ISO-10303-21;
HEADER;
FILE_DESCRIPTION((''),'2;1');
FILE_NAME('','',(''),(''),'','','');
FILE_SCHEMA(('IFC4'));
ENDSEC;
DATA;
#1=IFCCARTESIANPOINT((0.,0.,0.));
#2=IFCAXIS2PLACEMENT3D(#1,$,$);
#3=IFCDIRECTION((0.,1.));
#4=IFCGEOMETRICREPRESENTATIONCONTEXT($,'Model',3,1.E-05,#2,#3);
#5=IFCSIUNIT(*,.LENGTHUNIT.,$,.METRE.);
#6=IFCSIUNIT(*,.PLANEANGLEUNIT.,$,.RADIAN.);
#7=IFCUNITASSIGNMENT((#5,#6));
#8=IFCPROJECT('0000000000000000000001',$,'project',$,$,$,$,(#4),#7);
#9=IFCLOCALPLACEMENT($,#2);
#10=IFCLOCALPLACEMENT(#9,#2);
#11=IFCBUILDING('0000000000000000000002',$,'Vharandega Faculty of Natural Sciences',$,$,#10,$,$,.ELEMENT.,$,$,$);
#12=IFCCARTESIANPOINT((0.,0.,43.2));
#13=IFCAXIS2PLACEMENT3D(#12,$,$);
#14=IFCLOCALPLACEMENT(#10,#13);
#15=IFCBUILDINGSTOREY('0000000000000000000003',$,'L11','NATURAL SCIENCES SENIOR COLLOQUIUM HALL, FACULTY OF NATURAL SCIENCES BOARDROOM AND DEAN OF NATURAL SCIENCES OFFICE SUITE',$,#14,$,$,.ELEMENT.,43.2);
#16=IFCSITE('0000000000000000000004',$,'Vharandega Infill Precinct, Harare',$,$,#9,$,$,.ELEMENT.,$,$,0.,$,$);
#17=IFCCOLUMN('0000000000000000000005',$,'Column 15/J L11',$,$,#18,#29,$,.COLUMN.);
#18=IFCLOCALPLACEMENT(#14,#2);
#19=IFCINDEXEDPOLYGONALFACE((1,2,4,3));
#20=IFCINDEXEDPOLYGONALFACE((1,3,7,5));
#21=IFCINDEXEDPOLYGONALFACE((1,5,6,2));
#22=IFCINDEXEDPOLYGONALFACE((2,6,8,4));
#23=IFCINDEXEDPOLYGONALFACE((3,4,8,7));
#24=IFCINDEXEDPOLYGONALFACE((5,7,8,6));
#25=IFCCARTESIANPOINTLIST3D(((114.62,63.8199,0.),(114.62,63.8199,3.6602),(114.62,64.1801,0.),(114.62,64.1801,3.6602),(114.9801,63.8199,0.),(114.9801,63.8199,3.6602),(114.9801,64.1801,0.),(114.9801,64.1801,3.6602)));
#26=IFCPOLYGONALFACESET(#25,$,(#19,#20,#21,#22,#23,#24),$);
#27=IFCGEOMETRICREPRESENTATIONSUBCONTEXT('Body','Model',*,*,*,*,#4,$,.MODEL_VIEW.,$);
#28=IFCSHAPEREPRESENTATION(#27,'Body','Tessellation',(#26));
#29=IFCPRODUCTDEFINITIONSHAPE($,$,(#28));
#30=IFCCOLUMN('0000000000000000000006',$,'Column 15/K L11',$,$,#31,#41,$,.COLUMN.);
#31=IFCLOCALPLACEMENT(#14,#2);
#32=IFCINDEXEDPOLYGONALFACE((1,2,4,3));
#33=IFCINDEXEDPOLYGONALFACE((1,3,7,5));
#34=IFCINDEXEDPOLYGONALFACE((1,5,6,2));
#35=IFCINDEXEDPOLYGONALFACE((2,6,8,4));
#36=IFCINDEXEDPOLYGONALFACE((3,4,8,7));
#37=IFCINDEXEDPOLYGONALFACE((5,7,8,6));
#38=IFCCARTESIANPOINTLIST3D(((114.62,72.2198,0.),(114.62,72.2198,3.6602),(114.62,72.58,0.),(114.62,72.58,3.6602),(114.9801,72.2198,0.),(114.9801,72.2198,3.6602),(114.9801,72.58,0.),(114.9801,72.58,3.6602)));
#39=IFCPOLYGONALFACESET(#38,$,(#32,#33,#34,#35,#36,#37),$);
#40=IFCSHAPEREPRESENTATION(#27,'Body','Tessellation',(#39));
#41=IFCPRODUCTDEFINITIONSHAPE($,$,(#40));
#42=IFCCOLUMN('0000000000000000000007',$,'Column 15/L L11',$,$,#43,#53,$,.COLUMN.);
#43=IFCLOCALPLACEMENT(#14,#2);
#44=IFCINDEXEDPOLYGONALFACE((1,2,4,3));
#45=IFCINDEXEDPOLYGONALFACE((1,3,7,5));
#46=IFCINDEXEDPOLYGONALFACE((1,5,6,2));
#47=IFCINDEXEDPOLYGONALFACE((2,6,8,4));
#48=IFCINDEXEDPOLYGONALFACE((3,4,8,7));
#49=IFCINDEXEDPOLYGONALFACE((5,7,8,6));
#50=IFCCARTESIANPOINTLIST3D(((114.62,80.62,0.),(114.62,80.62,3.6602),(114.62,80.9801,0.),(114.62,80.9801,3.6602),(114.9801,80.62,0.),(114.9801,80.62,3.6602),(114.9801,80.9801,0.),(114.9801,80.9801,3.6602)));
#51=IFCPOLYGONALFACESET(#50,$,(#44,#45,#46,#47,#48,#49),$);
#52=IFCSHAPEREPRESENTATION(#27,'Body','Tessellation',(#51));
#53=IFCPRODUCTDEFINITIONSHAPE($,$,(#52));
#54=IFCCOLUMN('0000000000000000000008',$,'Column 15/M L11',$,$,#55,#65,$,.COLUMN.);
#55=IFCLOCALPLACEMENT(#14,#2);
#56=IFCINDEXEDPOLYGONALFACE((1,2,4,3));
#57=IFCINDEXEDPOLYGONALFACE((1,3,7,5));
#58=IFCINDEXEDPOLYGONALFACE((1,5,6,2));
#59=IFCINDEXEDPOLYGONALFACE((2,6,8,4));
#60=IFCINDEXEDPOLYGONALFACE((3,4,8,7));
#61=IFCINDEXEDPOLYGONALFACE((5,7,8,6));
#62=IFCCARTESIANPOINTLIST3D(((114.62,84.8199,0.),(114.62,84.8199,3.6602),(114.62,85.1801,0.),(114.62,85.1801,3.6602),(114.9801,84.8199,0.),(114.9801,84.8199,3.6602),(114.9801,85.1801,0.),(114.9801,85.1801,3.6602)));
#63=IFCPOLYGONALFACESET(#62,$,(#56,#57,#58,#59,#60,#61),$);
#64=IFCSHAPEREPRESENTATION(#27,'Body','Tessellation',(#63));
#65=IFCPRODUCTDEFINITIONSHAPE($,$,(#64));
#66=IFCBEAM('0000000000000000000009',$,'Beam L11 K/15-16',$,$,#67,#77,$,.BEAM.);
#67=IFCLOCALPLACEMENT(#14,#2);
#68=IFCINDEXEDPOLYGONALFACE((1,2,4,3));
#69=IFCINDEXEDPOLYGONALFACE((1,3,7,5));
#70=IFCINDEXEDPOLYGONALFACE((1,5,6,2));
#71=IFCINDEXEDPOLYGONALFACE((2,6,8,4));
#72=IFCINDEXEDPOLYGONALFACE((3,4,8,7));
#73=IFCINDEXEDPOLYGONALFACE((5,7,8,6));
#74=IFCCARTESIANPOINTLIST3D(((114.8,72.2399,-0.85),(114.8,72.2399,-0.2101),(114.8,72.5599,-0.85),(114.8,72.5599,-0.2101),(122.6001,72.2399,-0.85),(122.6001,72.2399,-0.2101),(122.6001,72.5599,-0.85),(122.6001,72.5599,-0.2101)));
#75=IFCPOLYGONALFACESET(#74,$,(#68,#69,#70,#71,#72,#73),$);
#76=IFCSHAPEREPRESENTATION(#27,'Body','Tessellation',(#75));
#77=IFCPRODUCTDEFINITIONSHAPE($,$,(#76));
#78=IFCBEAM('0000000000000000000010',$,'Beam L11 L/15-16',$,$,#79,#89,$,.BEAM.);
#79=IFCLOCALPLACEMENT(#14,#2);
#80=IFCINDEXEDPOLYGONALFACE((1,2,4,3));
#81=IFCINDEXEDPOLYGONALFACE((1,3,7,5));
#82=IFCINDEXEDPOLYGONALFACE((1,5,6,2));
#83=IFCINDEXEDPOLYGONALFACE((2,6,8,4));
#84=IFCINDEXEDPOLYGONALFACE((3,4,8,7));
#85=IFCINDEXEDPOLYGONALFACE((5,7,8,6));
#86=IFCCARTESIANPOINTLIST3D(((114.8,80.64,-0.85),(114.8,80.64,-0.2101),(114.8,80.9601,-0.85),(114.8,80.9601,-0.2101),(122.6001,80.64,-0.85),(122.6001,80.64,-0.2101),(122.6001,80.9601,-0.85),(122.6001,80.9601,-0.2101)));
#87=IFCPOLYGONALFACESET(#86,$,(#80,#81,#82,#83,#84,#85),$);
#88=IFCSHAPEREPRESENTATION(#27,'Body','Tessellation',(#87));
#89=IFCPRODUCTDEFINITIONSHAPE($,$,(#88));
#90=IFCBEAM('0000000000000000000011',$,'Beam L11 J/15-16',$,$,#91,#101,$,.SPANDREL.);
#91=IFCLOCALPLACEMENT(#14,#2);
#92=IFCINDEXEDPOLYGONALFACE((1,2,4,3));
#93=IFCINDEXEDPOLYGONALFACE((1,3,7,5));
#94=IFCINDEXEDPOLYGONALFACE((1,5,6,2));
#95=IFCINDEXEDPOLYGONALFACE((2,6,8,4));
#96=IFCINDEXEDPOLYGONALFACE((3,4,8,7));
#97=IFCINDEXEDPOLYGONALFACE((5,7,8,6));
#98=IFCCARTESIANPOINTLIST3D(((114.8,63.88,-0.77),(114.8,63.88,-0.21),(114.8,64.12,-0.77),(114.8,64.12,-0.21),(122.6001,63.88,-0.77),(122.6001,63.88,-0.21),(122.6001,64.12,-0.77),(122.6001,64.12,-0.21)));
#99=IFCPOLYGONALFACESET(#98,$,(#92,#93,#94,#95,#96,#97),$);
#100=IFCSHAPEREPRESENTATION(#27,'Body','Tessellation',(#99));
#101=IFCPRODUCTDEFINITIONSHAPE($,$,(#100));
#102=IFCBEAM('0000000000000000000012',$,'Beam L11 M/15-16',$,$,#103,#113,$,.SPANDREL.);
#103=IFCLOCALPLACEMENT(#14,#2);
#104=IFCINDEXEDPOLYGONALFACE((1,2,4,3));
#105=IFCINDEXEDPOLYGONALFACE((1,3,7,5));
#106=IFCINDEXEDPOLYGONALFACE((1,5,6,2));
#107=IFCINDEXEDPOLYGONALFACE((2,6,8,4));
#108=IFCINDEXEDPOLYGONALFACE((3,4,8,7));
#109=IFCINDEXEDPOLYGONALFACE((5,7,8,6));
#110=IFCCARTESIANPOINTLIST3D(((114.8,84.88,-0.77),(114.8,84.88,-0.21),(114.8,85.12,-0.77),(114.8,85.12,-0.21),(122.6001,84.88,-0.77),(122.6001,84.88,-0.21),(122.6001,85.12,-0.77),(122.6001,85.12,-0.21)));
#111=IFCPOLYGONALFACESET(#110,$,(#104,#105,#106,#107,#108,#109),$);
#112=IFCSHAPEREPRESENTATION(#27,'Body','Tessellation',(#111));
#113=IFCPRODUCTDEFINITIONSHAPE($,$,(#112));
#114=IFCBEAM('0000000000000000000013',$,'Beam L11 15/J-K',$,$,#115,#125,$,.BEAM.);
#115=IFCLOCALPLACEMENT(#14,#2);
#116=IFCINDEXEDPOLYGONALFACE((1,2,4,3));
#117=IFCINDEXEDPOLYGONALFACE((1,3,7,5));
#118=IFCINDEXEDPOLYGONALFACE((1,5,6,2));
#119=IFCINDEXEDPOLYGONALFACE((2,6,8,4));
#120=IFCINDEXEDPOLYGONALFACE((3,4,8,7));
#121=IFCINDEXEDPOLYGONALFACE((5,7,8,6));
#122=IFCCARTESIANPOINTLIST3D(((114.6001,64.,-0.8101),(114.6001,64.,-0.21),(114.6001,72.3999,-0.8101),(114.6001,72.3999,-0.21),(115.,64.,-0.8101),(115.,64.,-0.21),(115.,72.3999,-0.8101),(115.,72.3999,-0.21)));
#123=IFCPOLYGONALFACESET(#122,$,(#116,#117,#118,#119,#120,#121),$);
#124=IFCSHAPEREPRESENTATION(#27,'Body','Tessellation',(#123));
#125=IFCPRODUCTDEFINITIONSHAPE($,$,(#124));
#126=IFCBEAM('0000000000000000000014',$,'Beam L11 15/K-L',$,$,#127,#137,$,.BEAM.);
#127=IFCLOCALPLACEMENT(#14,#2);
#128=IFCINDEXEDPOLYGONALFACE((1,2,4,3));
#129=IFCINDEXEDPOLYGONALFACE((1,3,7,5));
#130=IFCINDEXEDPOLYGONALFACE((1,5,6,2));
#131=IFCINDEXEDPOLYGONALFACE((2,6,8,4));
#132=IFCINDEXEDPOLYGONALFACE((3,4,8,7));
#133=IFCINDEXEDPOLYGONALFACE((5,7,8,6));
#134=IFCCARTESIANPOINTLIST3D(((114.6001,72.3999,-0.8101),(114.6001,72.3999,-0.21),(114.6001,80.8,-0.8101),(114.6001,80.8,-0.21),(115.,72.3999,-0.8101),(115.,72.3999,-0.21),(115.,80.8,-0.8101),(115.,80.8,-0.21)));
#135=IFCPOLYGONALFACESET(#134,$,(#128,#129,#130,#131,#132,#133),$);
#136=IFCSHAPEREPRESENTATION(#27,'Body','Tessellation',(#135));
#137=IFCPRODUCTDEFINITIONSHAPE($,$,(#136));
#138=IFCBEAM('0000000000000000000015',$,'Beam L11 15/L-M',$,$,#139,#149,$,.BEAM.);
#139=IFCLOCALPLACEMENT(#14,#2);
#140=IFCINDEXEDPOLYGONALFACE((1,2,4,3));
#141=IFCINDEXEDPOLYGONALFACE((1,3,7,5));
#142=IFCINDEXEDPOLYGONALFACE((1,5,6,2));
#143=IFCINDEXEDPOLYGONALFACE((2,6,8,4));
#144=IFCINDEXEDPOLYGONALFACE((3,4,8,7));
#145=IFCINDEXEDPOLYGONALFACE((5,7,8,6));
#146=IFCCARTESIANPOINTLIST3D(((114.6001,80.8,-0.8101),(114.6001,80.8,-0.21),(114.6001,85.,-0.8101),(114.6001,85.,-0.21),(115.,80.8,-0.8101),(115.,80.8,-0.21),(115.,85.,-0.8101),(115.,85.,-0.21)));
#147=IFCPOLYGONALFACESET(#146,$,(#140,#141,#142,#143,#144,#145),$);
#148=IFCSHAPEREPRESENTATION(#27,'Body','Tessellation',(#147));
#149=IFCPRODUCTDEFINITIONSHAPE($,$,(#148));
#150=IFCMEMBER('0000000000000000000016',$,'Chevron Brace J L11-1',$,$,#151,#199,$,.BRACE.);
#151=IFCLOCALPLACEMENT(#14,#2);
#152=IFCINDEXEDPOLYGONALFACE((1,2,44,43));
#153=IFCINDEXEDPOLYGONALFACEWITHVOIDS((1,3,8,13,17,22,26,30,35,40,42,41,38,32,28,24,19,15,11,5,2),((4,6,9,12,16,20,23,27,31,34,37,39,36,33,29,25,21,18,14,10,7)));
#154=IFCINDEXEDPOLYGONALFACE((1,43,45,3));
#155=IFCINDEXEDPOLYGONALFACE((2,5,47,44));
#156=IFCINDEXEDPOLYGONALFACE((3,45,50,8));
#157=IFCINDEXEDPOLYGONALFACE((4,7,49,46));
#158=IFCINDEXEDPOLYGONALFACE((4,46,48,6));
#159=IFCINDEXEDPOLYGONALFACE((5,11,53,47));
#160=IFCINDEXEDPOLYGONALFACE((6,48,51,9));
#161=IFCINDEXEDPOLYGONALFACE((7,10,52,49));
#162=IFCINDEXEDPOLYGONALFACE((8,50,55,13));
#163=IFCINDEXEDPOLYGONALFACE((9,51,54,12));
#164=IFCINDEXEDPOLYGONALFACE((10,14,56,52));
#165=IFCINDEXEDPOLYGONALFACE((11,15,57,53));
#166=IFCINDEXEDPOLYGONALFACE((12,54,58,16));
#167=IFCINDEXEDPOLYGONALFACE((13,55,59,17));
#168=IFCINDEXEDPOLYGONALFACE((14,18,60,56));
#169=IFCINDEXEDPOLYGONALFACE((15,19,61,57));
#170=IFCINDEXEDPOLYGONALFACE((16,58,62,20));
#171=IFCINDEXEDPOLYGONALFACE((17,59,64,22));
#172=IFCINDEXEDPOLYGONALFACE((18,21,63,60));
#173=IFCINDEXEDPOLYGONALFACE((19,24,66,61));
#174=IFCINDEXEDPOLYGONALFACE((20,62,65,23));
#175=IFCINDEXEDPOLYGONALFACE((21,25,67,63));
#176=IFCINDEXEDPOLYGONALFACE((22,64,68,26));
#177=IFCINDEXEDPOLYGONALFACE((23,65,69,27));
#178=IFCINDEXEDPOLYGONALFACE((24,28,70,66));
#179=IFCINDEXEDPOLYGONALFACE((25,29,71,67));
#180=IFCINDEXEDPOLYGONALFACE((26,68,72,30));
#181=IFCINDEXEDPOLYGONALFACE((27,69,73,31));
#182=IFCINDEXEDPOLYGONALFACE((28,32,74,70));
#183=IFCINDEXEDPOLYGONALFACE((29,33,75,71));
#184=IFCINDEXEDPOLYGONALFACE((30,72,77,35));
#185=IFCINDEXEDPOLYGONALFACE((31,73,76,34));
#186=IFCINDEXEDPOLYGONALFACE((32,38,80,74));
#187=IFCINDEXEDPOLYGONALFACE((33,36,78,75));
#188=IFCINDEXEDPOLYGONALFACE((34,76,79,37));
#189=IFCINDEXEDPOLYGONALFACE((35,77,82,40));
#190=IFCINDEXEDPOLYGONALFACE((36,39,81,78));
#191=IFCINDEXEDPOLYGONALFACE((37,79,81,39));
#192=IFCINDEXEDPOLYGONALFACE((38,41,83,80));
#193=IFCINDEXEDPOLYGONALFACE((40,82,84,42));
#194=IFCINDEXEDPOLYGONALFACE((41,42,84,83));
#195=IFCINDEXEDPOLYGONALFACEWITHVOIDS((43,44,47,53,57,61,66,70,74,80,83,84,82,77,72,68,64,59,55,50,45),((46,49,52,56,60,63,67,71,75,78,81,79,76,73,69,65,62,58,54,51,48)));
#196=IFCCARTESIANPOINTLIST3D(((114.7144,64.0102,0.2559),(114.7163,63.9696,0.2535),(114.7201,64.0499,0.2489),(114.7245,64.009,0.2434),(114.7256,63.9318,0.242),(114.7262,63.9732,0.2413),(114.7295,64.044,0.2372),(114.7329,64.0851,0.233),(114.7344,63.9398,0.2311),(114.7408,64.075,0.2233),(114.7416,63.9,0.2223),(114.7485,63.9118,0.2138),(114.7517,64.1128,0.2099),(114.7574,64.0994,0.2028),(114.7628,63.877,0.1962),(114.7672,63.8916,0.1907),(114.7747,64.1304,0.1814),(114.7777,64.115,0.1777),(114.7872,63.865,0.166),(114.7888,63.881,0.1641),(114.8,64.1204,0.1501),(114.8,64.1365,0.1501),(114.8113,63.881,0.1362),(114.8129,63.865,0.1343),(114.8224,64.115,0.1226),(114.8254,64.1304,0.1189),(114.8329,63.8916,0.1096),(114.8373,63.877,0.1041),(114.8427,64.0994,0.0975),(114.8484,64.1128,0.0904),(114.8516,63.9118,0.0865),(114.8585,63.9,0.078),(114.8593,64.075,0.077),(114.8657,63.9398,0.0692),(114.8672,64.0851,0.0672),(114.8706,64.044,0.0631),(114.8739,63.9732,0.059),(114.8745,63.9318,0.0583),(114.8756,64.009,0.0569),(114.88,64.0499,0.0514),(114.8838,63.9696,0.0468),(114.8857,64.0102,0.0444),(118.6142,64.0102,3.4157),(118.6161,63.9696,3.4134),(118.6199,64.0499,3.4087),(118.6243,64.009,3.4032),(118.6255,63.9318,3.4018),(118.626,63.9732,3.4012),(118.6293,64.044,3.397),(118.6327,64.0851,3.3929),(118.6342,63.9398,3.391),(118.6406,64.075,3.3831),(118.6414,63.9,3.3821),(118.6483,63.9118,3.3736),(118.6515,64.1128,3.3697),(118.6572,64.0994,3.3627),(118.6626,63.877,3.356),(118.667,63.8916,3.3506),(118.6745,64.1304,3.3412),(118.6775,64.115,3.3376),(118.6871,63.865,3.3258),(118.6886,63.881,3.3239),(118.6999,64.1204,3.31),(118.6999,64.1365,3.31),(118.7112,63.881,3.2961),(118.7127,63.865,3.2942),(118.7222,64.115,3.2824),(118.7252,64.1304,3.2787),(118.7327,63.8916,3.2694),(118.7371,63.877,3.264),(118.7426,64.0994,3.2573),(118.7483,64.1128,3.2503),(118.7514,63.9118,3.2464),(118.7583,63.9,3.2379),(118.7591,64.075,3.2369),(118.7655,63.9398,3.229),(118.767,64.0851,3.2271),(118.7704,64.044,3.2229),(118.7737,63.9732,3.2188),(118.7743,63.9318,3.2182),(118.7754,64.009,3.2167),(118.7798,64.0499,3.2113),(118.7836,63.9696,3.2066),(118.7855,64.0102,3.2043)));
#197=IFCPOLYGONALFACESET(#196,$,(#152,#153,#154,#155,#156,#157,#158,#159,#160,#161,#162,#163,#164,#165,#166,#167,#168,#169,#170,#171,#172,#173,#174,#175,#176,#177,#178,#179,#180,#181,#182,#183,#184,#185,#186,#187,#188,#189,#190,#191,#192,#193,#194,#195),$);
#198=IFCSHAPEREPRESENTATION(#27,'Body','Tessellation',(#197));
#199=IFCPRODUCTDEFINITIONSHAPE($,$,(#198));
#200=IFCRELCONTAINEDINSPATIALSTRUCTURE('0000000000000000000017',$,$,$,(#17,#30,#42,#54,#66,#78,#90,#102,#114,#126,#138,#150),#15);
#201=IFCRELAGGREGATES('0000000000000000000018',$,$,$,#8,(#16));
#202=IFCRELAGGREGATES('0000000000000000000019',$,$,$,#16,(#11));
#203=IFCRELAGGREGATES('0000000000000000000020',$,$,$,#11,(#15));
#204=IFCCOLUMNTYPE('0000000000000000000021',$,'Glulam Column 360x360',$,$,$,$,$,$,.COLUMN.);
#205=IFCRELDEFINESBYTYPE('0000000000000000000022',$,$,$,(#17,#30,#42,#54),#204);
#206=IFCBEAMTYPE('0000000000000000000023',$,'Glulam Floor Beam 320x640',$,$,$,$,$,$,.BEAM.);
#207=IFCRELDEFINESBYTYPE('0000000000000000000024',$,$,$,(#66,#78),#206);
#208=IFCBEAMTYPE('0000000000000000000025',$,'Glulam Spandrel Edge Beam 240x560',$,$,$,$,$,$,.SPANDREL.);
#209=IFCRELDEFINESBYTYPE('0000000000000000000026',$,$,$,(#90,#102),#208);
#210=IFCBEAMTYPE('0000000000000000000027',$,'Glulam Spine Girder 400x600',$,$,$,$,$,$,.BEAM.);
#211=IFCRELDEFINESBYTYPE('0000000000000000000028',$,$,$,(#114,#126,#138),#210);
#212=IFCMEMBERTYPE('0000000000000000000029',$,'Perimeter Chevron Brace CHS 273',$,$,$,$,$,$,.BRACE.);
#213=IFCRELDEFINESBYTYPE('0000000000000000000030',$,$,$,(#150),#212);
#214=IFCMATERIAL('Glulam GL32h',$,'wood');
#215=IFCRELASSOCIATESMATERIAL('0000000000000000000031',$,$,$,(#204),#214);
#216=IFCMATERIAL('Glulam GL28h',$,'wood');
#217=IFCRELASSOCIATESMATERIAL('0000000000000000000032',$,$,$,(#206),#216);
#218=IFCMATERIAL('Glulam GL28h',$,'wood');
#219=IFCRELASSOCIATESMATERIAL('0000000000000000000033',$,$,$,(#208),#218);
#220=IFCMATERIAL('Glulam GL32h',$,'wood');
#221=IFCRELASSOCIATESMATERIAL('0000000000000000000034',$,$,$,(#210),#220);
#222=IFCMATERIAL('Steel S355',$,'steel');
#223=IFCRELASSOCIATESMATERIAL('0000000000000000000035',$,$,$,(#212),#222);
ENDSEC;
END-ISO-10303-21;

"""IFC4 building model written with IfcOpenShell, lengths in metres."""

from ifc_helpers import new_model, si_unit, direction, frame, origin, origin_2d, place, context, subcontext, project, spatial, rectangle, hollow_circle, extrude, material, material_profile, profile_set, type_object, element, save


model = new_model("IFC4")

# Units and contexts
model_context = context("Model", 3, precision=1e-05, world=origin(), true_north=direction((0.0, 1.0)))
body_context = subcontext(model_context, "Body", "Model", "MODEL_VIEW")
ifc_project = project(units=[si_unit("LENGTHUNIT", "METRE"), si_unit("PLANEANGLEUNIT", "RADIAN")], contexts=[model_context])

# Site, building, storey
site_placement = place(None, origin())
site = spatial("IfcSite", under=ifc_project, at=site_placement, Name="Vharandega Infill Precinct, Harare", CompositionType="ELEMENT", RefElevation=0.0)
building_placement = place(site_placement, origin())
building = spatial("IfcBuilding", under=site, at=building_placement, Name="Vharandega Faculty of Natural Sciences", CompositionType="ELEMENT")
storey_placement = place(building_placement, frame((0.0, 0.0, 43.2)))
storey = spatial("IfcBuildingStorey", under=building, at=storey_placement, Name="L11", Description="NATURAL SCIENCES SENIOR COLLOQUIUM HALL, FACULTY OF NATURAL SCIENCES BOARDROOM AND DEAN OF NATURAL SCIENCES OFFICE SUITE", CompositionType="ELEMENT", Elevation=43.2)

# Columns
ifc_material_1 = material(Name="Glulam GL32h", Category="wood")
ifc_material_profile_1 = material_profile(ifc_material_1, rectangle(XDim=0.3601, YDim=0.3601, at=origin_2d()), Name="GL32h 360x360")
ifc_profile_set_1 = profile_set([ifc_material_profile_1], Name="Glulam GL32h")
column_type = type_object("IfcColumnType", Name="Glulam Column 360x360", PredefinedType="COLUMN", material=ifc_profile_set_1)
for number, where, z_axis, x_axis, name in (
    (1, (114.8, 64.0, 0.0), (0.0, 0.0, 1.0), (1.0, 0.0, 0.0), "Column 15/J L11"),
    (2, (114.8, 72.3999, 0.0), (0.0, 0.0, 1.0), (1.0, 0.0, 0.0), "Column 15/K L11"),
    (3, (114.8, 80.8, 0.0), (0.0, 0.0, 1.0), (1.0, 0.0, 0.0), "Column 15/L L11"),
    (4, (114.8, 85.0, 0.0), (0.0, 0.0, 1.0), (1.0, 0.0, 0.0), "Column 15/M L11"),
):
    element("IfcColumn", number, at=place(storey_placement, frame(where, z_axis=z_axis, x_axis=x_axis)), inside=storey, type_object=column_type, Name=name, PredefinedType="COLUMN", context=body_context, shape_type="SweptSolid", body=[
        extrude(rectangle(XDim=0.3601, YDim=0.3601, at=origin_2d()), origin(), (0.0, 0.0, 1.0), 3.6602),
    ])

# Beams
ifc_material_2 = material(Name="Glulam GL28h", Category="wood")
ifc_material_profile_2 = material_profile(ifc_material_2, rectangle(XDim=0.3201, YDim=0.6399, at=origin_2d()), Name="GL28h 320x640")
ifc_profile_set_2 = profile_set([ifc_material_profile_2], Name="Glulam GL28h")
beam_type_1 = type_object("IfcBeamType", Name="Glulam Floor Beam 320x640", PredefinedType="BEAM", material=ifc_profile_set_2)
for number, where, z_axis, x_axis, name in (
    (5, (114.8, 72.3999, -0.53), (1.0, 0.0, 0.0), (0.0, 1.0, 0.0), "Beam L11 K/15-16"),
    (6, (114.8, 80.8, -0.53), (1.0, 0.0, 0.0), (0.0, 1.0, 0.0), "Beam L11 L/15-16"),
):
    element("IfcBeam", number, at=place(storey_placement, frame(where, z_axis=z_axis, x_axis=x_axis)), inside=storey, type_object=beam_type_1, Name=name, PredefinedType="BEAM", context=body_context, shape_type="SweptSolid", body=[
        extrude(rectangle(XDim=0.3201, YDim=0.6399, at=origin_2d()), origin(), (0.0, 0.0, 1.0), 7.8),
    ])
ifc_material_3 = material(Name="Glulam GL28h", Category="wood")
ifc_material_profile_3 = material_profile(ifc_material_3, rectangle(XDim=0.24, YDim=0.5601, at=origin_2d()), Name="GL28h 240x560")
ifc_profile_set_3 = profile_set([ifc_material_profile_3], Name="Glulam GL28h")
beam_type_2 = type_object("IfcBeamType", Name="Glulam Spandrel Edge Beam 240x560", PredefinedType="SPANDREL", material=ifc_profile_set_3)
for number, where, z_axis, x_axis, name in (
    (7, (114.8, 64.0, -0.49), (1.0, 0.0, 0.0), (0.0, 1.0, 0.0), "Beam L11 J/15-16"),
    (8, (114.8, 85.0, -0.49), (1.0, 0.0, 0.0), (0.0, 1.0, 0.0), "Beam L11 M/15-16"),
):
    element("IfcBeam", number, at=place(storey_placement, frame(where, z_axis=z_axis, x_axis=x_axis)), inside=storey, type_object=beam_type_2, Name=name, PredefinedType="SPANDREL", context=body_context, shape_type="SweptSolid", body=[
        extrude(rectangle(XDim=0.24, YDim=0.5601, at=origin_2d()), origin(), (0.0, 0.0, 1.0), 7.8),
    ])
ifc_material_4 = material(Name="Glulam GL32h", Category="wood")
ifc_material_profile_4 = material_profile(ifc_material_4, rectangle(XDim=0.3999, YDim=0.6001, at=origin_2d()), Name="GL32h 400x600")
ifc_profile_set_4 = profile_set([ifc_material_profile_4], Name="Glulam GL32h")
beam_type_3 = type_object("IfcBeamType", Name="Glulam Spine Girder 400x600", PredefinedType="BEAM", material=ifc_profile_set_4)
beam_1_placement = place(storey_placement, frame((114.8, 64.0, -0.51), z_axis=(0.0, 1.0, 0.0), x_axis=(-1.0, 0.0, 0.0)))
element("IfcBeam", 9, at=beam_1_placement, inside=storey, type_object=beam_type_3, Name="Beam L11 15/J-K", PredefinedType="BEAM", context=body_context, shape_type="SweptSolid", body=[
    extrude(rectangle(XDim=0.3999, YDim=0.6001, at=origin_2d()), origin(), (0.0, 0.0, 1.0), 8.3999),
])
beam_2_placement = place(storey_placement, frame((114.8, 72.3999, -0.51), z_axis=(0.0, 1.0, 0.0), x_axis=(-1.0, 0.0, 0.0)))
element("IfcBeam", 10, at=beam_2_placement, inside=storey, type_object=beam_type_3, Name="Beam L11 15/K-L", PredefinedType="BEAM", context=body_context, shape_type="SweptSolid", body=[
    extrude(rectangle(XDim=0.3999, YDim=0.6001, at=origin_2d()), origin(), (0.0, 0.0, 1.0), 8.4001),
])
beam_3_placement = place(storey_placement, frame((114.8, 80.8, -0.51), z_axis=(0.0, 1.0, 0.0), x_axis=(-1.0, 0.0, 0.0)))
element("IfcBeam", 11, at=beam_3_placement, inside=storey, type_object=beam_type_3, Name="Beam L11 15/L-M", PredefinedType="BEAM", context=body_context, shape_type="SweptSolid", body=[
    extrude(rectangle(XDim=0.3999, YDim=0.6001, at=origin_2d()), origin(), (0.0, 0.0, 1.0), 4.2),
])

# Member
ifc_material_5 = material(Name="Steel S355", Category="steel")
ifc_material_profile_5 = material_profile(ifc_material_5, hollow_circle(Radius=0.1365, WallThickness=0.0161, at=origin_2d()), Name="CHS 273x16")
ifc_profile_set_5 = profile_set([ifc_material_profile_5], Name="Steel S355")
member_type = type_object("IfcMemberType", Name="Perimeter Chevron Brace CHS 273", PredefinedType="BRACE", material=ifc_profile_set_5)
member_placement = place(storey_placement, frame((114.8, 64.0, 0.1501), z_axis=(0.776967, 0.0, 0.629541), x_axis=(0.0, 1.0, 0.0)))
element("IfcMember", 12, at=member_placement, inside=storey, type_object=member_type, Name="Chevron Brace J L11-1", PredefinedType="BRACE", context=body_context, shape_type="SweptSolid", body=[
    extrude(hollow_circle(Radius=0.1365, WallThickness=0.0161, at=origin_2d()), origin(), (0.0, 0.0, 1.0), 5.0193),
])

save(model, "model.ifc")
